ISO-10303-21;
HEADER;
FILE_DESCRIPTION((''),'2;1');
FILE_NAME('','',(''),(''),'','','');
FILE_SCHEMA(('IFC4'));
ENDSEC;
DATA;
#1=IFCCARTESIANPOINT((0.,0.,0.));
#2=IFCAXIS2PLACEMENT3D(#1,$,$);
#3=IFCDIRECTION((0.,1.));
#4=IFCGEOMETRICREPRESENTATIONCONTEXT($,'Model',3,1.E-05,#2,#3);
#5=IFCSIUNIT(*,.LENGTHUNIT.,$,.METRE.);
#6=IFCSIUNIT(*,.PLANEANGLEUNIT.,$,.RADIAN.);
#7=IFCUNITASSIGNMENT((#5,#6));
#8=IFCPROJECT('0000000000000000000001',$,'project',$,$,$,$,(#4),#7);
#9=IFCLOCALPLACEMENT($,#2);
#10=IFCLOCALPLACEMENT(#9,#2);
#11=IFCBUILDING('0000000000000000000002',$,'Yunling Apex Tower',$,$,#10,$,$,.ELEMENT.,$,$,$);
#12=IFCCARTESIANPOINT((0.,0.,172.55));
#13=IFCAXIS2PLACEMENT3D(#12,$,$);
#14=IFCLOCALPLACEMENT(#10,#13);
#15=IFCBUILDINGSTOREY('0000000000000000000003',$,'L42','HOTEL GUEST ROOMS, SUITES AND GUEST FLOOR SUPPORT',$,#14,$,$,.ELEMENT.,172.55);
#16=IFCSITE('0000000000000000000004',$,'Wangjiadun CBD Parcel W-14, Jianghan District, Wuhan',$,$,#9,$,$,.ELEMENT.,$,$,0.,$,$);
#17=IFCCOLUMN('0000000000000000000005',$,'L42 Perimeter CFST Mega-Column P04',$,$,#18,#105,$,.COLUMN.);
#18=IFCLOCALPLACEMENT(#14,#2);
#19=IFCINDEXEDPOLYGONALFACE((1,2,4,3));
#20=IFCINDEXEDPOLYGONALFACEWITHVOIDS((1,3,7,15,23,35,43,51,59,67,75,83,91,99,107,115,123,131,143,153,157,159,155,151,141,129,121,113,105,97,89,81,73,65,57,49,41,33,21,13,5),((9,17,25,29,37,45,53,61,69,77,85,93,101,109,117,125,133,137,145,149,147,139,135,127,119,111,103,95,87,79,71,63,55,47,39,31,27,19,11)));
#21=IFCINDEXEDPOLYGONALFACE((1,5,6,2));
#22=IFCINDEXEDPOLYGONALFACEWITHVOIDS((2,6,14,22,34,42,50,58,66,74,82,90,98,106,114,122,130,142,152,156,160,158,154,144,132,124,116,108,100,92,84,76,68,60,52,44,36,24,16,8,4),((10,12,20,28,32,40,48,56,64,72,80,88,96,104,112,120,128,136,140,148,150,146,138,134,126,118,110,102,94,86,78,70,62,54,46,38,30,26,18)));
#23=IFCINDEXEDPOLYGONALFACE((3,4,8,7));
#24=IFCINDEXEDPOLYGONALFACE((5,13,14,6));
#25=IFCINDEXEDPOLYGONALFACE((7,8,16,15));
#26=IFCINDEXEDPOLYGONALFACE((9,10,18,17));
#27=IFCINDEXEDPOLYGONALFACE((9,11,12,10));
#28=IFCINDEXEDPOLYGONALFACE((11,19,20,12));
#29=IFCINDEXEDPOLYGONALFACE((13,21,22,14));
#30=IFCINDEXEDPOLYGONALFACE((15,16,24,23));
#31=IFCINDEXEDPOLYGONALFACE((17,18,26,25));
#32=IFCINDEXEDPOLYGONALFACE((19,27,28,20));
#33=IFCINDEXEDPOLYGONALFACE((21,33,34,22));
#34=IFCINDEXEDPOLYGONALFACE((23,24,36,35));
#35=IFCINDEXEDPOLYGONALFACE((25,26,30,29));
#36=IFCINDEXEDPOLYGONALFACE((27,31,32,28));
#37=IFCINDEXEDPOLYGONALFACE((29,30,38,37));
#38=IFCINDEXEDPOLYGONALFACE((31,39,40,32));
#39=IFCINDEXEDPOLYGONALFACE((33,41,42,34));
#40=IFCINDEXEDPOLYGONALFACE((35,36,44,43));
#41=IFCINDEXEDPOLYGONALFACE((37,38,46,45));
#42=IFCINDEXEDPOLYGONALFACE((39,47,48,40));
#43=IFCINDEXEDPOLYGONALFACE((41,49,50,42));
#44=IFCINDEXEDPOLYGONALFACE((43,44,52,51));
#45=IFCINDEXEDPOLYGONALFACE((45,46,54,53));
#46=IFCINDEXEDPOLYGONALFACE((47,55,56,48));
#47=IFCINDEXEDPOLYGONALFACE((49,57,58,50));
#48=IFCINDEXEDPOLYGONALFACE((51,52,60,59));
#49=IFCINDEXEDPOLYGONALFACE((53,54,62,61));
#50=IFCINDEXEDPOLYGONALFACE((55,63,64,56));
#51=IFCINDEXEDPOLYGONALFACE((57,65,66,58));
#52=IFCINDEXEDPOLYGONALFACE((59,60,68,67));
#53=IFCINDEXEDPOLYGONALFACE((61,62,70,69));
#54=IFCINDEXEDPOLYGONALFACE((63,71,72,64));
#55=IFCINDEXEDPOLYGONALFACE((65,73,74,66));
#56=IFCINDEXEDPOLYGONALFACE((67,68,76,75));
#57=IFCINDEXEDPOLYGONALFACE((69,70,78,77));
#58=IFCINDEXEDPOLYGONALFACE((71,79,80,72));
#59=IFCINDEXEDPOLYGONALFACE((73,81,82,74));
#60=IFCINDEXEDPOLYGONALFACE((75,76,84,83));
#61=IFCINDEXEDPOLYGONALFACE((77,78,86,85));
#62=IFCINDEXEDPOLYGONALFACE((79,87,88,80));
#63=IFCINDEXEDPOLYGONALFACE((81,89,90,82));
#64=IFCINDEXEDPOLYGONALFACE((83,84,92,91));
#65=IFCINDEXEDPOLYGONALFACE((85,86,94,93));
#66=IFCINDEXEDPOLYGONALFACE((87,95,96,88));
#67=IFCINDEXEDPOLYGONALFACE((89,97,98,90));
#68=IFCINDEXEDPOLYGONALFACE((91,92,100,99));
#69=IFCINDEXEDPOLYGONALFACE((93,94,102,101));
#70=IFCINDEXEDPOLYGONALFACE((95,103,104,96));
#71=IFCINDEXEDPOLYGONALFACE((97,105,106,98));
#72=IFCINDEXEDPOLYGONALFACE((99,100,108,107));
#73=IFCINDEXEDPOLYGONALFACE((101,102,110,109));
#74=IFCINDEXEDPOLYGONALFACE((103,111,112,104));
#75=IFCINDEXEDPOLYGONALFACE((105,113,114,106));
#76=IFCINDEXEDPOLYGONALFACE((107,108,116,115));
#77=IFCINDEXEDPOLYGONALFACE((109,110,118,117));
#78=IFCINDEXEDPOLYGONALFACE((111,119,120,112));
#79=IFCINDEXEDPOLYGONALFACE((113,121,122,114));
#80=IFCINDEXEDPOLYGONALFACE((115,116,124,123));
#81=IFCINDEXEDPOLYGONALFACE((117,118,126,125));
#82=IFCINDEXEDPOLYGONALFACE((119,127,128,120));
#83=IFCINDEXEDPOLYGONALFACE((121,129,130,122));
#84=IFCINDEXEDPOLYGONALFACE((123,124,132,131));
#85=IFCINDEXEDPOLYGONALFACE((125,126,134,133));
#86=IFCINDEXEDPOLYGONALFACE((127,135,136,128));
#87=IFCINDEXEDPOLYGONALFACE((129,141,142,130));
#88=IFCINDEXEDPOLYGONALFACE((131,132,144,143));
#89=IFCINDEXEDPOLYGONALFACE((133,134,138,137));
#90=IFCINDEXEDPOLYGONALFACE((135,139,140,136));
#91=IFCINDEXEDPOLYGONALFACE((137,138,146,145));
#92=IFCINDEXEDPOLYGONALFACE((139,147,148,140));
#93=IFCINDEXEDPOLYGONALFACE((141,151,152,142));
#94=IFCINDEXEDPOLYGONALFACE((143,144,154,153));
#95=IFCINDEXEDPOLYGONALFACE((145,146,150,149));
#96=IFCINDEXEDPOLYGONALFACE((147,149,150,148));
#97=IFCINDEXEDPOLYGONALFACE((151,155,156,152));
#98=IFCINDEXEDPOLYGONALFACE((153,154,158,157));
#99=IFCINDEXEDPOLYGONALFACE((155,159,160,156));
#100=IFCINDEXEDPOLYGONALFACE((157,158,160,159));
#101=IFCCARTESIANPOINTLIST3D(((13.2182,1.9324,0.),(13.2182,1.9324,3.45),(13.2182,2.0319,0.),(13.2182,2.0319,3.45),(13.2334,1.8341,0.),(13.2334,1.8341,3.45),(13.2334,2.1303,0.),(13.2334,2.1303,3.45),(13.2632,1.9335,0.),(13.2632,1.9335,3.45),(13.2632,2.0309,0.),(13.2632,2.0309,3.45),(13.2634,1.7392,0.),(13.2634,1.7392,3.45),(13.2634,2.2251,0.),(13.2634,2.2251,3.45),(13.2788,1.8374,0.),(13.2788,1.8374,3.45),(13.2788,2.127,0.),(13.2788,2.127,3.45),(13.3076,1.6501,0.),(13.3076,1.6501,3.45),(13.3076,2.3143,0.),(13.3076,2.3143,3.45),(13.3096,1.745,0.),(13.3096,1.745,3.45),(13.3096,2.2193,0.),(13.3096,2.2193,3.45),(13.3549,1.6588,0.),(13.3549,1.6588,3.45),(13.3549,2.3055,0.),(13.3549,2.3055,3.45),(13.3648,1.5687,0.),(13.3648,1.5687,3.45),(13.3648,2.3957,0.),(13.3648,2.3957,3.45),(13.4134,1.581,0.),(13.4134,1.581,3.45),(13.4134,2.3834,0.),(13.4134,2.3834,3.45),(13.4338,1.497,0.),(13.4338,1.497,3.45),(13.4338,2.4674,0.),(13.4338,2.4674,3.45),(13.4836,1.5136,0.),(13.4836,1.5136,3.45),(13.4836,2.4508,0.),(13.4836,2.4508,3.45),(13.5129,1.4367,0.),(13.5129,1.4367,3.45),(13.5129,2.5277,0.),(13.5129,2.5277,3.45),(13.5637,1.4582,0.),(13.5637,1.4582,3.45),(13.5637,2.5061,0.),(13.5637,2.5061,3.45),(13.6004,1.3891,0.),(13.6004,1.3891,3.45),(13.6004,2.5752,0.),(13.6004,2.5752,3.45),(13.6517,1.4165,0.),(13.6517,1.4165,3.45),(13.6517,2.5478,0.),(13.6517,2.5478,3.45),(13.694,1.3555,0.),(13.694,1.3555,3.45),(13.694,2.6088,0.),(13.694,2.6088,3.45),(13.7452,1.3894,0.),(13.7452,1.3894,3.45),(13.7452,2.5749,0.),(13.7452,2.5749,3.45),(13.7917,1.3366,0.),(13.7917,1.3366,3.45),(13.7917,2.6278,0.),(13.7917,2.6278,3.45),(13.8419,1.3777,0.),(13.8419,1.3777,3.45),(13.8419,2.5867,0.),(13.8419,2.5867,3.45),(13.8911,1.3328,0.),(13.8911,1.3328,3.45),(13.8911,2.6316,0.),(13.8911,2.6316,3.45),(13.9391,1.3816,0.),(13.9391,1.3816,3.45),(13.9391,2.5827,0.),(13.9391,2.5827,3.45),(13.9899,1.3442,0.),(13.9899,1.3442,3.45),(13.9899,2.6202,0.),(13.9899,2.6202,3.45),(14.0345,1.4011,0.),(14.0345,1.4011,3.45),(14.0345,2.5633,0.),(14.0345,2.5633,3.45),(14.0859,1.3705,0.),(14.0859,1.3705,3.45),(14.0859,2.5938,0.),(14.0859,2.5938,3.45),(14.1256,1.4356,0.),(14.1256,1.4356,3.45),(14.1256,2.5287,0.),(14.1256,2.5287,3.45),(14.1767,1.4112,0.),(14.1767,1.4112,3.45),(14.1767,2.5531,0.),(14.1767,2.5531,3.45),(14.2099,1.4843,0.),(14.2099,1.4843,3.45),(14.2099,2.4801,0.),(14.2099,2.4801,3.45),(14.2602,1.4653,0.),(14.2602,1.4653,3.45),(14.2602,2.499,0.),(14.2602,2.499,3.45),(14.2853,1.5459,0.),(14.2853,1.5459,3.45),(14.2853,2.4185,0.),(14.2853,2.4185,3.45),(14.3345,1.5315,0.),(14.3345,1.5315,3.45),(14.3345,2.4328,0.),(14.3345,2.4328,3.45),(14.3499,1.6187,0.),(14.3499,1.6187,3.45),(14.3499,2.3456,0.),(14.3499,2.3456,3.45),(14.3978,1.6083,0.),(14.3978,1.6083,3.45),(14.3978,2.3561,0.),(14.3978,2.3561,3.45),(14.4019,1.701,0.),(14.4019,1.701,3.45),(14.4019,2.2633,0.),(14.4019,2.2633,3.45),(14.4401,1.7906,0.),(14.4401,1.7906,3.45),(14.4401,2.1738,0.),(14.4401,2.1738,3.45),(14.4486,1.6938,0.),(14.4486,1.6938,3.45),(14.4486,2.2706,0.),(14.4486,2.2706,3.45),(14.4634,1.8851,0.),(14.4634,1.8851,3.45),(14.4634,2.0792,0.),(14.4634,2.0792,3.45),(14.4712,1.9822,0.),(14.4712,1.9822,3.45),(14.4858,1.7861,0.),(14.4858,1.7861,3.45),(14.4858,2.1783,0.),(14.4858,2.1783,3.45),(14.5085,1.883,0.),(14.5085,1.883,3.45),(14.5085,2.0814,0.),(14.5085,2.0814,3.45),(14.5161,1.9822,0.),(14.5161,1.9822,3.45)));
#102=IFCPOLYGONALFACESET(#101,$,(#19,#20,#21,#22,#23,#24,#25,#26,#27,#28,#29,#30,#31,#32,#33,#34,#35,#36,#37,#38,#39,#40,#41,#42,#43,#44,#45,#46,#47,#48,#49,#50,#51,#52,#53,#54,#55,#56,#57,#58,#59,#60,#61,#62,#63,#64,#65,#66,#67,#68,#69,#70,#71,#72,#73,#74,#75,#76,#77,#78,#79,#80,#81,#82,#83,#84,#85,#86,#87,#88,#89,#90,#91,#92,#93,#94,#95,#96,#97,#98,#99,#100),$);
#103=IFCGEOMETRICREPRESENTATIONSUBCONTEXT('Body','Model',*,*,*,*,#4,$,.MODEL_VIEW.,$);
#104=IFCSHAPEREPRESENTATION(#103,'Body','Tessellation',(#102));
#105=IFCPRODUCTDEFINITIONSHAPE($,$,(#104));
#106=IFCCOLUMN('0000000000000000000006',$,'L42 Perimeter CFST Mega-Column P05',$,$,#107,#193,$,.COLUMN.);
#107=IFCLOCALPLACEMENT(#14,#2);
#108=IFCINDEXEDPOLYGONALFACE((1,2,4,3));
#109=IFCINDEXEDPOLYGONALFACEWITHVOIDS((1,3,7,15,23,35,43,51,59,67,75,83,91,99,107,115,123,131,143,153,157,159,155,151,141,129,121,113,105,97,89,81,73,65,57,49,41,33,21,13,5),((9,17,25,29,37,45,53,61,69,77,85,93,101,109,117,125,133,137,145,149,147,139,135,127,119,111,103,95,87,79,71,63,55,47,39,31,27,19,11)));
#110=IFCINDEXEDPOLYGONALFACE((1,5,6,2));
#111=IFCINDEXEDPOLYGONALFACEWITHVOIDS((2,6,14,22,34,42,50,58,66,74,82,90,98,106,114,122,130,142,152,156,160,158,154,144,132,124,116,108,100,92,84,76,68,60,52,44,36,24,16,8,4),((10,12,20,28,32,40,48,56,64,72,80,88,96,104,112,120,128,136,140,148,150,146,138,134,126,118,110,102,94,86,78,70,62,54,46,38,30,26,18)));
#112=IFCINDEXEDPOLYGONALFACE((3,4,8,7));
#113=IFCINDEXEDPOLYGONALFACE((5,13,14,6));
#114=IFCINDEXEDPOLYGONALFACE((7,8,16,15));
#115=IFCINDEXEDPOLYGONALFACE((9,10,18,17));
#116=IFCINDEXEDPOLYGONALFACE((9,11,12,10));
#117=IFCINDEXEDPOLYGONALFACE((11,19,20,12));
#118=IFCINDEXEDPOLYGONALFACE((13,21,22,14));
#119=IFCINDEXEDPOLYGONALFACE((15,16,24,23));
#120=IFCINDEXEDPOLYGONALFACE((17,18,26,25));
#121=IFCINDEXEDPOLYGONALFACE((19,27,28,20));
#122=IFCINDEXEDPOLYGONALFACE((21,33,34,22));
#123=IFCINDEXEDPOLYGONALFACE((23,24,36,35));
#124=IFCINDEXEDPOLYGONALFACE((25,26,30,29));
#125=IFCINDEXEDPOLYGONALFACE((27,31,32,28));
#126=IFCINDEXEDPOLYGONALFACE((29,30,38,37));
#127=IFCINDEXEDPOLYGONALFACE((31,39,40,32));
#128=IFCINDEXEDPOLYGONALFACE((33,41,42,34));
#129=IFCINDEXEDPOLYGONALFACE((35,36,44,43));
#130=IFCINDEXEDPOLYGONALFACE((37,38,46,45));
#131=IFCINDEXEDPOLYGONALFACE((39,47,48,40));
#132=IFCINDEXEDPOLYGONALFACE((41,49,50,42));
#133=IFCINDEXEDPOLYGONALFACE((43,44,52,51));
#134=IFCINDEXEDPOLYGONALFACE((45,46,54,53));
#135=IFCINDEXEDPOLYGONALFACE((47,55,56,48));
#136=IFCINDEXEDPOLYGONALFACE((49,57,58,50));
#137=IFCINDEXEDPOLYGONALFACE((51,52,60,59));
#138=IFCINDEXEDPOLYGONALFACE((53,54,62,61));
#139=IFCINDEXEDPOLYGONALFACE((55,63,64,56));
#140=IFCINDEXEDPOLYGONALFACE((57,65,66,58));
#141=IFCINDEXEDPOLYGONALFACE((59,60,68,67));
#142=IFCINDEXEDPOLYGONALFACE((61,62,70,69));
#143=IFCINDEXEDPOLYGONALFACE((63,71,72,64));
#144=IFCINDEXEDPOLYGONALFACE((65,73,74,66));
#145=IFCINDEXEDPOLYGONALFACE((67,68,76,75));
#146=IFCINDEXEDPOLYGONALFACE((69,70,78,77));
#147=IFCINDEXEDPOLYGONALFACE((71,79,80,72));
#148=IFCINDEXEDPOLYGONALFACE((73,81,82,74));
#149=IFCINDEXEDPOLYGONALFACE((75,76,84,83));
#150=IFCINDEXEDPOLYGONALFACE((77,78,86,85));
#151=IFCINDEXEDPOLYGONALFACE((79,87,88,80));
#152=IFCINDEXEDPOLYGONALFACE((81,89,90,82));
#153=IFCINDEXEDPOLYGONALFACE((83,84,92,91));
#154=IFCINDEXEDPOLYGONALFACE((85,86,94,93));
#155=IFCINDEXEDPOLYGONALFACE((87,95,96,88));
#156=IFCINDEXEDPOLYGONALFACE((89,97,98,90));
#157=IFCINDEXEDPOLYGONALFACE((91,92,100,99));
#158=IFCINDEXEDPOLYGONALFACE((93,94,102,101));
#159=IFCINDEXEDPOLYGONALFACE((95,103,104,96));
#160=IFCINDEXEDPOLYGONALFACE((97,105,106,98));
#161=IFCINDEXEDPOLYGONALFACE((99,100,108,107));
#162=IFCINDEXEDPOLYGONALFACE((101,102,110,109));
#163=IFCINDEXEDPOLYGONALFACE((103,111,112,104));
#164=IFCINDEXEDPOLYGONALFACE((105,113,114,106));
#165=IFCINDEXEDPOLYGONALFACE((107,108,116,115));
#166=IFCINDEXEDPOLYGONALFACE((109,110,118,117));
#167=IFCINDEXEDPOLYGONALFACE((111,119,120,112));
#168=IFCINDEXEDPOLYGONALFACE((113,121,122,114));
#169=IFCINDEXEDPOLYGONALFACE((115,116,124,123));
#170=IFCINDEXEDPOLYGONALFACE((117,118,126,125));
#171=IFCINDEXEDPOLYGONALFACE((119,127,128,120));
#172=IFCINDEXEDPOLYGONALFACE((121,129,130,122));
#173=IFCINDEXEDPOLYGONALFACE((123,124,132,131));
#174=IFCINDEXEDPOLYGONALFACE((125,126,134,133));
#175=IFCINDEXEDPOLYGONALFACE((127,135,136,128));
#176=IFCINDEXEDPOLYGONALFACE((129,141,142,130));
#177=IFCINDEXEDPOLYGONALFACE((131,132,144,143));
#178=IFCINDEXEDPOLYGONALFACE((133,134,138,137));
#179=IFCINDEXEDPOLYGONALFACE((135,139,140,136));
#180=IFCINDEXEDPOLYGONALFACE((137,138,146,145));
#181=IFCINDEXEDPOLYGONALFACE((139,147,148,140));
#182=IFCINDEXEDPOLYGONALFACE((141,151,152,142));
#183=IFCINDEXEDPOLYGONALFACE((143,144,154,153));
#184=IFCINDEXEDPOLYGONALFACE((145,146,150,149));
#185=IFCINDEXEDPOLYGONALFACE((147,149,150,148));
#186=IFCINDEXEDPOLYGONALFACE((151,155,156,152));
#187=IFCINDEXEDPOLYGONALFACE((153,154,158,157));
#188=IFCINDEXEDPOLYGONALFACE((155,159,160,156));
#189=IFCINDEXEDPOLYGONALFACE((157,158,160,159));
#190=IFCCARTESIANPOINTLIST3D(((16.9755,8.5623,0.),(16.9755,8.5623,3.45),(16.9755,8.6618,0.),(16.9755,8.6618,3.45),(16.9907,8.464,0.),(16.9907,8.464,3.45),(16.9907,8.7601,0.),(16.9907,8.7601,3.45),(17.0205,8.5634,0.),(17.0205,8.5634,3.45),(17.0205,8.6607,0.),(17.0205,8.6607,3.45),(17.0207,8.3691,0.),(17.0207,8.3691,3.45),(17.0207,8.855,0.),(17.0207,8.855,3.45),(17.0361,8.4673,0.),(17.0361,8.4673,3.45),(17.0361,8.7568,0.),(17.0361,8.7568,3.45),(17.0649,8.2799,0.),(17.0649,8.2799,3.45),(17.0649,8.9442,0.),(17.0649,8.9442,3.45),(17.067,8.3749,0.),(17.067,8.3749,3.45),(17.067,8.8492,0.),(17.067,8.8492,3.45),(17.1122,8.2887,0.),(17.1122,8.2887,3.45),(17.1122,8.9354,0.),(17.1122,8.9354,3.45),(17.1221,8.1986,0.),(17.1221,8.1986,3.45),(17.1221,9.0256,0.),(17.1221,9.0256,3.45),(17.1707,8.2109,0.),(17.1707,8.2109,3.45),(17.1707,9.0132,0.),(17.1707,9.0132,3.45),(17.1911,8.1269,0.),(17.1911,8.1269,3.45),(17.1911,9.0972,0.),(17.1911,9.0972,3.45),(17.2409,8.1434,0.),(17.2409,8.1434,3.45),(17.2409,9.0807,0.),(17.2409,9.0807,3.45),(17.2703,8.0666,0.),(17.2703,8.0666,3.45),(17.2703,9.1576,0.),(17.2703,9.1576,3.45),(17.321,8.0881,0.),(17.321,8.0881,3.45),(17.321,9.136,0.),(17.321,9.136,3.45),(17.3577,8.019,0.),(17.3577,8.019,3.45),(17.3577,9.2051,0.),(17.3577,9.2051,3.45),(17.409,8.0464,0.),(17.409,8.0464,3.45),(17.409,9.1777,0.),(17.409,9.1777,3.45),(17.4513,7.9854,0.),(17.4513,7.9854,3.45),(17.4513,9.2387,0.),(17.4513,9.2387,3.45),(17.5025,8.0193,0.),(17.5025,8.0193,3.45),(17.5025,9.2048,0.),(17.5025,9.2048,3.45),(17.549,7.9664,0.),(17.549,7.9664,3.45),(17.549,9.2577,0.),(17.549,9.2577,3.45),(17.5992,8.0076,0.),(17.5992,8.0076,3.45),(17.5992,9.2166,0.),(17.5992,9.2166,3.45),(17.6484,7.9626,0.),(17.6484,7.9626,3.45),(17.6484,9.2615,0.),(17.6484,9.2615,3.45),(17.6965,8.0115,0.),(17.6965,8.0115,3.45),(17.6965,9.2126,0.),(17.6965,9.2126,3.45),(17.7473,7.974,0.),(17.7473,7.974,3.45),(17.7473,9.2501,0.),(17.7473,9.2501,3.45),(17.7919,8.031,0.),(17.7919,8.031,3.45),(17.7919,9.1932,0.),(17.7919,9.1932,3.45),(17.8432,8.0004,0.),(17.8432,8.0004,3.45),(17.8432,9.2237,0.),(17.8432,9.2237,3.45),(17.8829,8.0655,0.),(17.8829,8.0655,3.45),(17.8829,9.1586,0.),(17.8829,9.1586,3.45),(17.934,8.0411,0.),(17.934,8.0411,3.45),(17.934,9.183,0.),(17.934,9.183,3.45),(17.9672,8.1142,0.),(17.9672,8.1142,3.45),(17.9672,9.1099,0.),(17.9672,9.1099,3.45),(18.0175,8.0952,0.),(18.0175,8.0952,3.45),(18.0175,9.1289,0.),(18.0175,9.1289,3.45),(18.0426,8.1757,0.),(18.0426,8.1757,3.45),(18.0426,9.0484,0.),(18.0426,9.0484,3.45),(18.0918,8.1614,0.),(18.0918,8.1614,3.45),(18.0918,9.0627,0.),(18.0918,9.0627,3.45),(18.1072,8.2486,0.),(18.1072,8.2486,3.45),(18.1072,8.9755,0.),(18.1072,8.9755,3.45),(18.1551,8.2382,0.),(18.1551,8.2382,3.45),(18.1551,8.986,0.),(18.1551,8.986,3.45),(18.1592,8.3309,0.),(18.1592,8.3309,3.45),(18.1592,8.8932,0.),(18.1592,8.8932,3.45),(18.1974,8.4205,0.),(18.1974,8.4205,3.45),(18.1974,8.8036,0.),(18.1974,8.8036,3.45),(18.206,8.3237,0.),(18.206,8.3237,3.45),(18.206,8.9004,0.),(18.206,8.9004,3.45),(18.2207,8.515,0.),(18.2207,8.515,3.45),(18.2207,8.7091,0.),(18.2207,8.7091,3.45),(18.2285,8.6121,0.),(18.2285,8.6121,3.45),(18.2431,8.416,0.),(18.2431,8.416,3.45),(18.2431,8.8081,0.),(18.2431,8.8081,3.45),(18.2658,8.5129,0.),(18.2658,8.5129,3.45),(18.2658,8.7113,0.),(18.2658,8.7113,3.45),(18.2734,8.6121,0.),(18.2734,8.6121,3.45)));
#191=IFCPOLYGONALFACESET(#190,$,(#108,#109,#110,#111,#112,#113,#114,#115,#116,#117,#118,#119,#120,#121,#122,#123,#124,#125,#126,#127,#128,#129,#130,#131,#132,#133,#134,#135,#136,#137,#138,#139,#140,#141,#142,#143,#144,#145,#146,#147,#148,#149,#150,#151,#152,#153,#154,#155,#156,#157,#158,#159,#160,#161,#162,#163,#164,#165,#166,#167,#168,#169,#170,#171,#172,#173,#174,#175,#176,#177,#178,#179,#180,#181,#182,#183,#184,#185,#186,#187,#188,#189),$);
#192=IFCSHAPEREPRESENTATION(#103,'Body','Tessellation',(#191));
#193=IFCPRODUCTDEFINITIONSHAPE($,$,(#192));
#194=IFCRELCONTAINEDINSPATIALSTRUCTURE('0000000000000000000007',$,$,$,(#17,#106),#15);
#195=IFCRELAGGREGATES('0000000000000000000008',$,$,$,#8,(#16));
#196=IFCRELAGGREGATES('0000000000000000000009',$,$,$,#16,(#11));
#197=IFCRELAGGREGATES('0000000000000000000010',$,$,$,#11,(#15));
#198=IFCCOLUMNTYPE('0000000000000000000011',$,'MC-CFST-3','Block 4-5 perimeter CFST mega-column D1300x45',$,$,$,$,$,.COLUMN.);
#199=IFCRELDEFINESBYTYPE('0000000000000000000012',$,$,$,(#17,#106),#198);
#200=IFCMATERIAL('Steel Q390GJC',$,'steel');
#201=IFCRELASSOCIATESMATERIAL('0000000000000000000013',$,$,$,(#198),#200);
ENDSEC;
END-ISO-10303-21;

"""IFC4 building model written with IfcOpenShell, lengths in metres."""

from ifc_helpers import new_model, si_unit, direction, frame, origin, origin_2d, place, context, subcontext, project, spatial, hollow_circle, extrude, source, transform, mapped, material, material_profile, profile_set, type_object, element, save


model = new_model("IFC4")

# Units and contexts
model_context = context("Model", 3, precision=1e-05, world=origin(), true_north=direction((0.0, 1.0)))
body_context = subcontext(model_context, "Body", "Model", "MODEL_VIEW")
ifc_project = project(units=[si_unit("LENGTHUNIT", "METRE"), si_unit("PLANEANGLEUNIT", "RADIAN")], contexts=[model_context])

# Site, building, storey
site_placement = place(None, origin())
site = spatial("IfcSite", under=ifc_project, at=site_placement, Name="Wangjiadun CBD Parcel W-14, Jianghan District, Wuhan", CompositionType="ELEMENT", RefElevation=0.0)
building_placement = place(site_placement, origin())
building = spatial("IfcBuilding", under=site, at=building_placement, Name="Yunling Apex Tower", CompositionType="ELEMENT")
storey_placement = place(building_placement, frame((0.0, 0.0, 172.55)))
storey = spatial("IfcBuildingStorey", under=building, at=storey_placement, Name="L42", Description="HOTEL GUEST ROOMS, SUITES AND GUEST FLOOR SUPPORT", CompositionType="ELEMENT", Elevation=172.55)

# Columns
ifc_material_1 = material(Name="Steel Q390GJC", Category="steel")
ifc_material_profile_1 = material_profile(ifc_material_1, hollow_circle(Radius=0.6499, WallThickness=0.0449, at=origin_2d()))
ifc_profile_set_1 = profile_set([ifc_material_profile_1], Name="Steel Q390GJC")
column_type = type_object("IfcColumnType", Name="MC-CFST-3", Description="Block 4-5 perimeter CFST mega-column D1300x45", PredefinedType="COLUMN", material=ifc_profile_set_1)
shared_shape_1 = source(origin(), body_context, "Body", "SweptSolid", [
    extrude(hollow_circle(Radius=0.6499, WallThickness=0.0449, at=origin_2d()), origin(), (0.0, 0.0, 1.0), 3.45),
])
for number, where, z_axis, x_axis, name in (
    (1, (13.8662, 1.9822, 0.0), (0.0, 0.0, 1.0), (1.0, 0.0, 0.0), "L42 Perimeter CFST Mega-Column P04"),
    (2, (17.6235, 8.6121, 0.0), (0.0, 0.0, 1.0), (1.0, 0.0, 0.0), "L42 Perimeter CFST Mega-Column P05"),
):
    element("IfcColumn", number, at=place(storey_placement, frame(where, z_axis=z_axis, x_axis=x_axis)), inside=storey, type_object=column_type, Name=name, PredefinedType="COLUMN", context=body_context, shape_type="MappedRepresentation", body=[
        mapped(shared_shape_1, transform((0.0, 0.0, 0.0), scale=1.0)),
    ])

save(model, "model.ifc")
